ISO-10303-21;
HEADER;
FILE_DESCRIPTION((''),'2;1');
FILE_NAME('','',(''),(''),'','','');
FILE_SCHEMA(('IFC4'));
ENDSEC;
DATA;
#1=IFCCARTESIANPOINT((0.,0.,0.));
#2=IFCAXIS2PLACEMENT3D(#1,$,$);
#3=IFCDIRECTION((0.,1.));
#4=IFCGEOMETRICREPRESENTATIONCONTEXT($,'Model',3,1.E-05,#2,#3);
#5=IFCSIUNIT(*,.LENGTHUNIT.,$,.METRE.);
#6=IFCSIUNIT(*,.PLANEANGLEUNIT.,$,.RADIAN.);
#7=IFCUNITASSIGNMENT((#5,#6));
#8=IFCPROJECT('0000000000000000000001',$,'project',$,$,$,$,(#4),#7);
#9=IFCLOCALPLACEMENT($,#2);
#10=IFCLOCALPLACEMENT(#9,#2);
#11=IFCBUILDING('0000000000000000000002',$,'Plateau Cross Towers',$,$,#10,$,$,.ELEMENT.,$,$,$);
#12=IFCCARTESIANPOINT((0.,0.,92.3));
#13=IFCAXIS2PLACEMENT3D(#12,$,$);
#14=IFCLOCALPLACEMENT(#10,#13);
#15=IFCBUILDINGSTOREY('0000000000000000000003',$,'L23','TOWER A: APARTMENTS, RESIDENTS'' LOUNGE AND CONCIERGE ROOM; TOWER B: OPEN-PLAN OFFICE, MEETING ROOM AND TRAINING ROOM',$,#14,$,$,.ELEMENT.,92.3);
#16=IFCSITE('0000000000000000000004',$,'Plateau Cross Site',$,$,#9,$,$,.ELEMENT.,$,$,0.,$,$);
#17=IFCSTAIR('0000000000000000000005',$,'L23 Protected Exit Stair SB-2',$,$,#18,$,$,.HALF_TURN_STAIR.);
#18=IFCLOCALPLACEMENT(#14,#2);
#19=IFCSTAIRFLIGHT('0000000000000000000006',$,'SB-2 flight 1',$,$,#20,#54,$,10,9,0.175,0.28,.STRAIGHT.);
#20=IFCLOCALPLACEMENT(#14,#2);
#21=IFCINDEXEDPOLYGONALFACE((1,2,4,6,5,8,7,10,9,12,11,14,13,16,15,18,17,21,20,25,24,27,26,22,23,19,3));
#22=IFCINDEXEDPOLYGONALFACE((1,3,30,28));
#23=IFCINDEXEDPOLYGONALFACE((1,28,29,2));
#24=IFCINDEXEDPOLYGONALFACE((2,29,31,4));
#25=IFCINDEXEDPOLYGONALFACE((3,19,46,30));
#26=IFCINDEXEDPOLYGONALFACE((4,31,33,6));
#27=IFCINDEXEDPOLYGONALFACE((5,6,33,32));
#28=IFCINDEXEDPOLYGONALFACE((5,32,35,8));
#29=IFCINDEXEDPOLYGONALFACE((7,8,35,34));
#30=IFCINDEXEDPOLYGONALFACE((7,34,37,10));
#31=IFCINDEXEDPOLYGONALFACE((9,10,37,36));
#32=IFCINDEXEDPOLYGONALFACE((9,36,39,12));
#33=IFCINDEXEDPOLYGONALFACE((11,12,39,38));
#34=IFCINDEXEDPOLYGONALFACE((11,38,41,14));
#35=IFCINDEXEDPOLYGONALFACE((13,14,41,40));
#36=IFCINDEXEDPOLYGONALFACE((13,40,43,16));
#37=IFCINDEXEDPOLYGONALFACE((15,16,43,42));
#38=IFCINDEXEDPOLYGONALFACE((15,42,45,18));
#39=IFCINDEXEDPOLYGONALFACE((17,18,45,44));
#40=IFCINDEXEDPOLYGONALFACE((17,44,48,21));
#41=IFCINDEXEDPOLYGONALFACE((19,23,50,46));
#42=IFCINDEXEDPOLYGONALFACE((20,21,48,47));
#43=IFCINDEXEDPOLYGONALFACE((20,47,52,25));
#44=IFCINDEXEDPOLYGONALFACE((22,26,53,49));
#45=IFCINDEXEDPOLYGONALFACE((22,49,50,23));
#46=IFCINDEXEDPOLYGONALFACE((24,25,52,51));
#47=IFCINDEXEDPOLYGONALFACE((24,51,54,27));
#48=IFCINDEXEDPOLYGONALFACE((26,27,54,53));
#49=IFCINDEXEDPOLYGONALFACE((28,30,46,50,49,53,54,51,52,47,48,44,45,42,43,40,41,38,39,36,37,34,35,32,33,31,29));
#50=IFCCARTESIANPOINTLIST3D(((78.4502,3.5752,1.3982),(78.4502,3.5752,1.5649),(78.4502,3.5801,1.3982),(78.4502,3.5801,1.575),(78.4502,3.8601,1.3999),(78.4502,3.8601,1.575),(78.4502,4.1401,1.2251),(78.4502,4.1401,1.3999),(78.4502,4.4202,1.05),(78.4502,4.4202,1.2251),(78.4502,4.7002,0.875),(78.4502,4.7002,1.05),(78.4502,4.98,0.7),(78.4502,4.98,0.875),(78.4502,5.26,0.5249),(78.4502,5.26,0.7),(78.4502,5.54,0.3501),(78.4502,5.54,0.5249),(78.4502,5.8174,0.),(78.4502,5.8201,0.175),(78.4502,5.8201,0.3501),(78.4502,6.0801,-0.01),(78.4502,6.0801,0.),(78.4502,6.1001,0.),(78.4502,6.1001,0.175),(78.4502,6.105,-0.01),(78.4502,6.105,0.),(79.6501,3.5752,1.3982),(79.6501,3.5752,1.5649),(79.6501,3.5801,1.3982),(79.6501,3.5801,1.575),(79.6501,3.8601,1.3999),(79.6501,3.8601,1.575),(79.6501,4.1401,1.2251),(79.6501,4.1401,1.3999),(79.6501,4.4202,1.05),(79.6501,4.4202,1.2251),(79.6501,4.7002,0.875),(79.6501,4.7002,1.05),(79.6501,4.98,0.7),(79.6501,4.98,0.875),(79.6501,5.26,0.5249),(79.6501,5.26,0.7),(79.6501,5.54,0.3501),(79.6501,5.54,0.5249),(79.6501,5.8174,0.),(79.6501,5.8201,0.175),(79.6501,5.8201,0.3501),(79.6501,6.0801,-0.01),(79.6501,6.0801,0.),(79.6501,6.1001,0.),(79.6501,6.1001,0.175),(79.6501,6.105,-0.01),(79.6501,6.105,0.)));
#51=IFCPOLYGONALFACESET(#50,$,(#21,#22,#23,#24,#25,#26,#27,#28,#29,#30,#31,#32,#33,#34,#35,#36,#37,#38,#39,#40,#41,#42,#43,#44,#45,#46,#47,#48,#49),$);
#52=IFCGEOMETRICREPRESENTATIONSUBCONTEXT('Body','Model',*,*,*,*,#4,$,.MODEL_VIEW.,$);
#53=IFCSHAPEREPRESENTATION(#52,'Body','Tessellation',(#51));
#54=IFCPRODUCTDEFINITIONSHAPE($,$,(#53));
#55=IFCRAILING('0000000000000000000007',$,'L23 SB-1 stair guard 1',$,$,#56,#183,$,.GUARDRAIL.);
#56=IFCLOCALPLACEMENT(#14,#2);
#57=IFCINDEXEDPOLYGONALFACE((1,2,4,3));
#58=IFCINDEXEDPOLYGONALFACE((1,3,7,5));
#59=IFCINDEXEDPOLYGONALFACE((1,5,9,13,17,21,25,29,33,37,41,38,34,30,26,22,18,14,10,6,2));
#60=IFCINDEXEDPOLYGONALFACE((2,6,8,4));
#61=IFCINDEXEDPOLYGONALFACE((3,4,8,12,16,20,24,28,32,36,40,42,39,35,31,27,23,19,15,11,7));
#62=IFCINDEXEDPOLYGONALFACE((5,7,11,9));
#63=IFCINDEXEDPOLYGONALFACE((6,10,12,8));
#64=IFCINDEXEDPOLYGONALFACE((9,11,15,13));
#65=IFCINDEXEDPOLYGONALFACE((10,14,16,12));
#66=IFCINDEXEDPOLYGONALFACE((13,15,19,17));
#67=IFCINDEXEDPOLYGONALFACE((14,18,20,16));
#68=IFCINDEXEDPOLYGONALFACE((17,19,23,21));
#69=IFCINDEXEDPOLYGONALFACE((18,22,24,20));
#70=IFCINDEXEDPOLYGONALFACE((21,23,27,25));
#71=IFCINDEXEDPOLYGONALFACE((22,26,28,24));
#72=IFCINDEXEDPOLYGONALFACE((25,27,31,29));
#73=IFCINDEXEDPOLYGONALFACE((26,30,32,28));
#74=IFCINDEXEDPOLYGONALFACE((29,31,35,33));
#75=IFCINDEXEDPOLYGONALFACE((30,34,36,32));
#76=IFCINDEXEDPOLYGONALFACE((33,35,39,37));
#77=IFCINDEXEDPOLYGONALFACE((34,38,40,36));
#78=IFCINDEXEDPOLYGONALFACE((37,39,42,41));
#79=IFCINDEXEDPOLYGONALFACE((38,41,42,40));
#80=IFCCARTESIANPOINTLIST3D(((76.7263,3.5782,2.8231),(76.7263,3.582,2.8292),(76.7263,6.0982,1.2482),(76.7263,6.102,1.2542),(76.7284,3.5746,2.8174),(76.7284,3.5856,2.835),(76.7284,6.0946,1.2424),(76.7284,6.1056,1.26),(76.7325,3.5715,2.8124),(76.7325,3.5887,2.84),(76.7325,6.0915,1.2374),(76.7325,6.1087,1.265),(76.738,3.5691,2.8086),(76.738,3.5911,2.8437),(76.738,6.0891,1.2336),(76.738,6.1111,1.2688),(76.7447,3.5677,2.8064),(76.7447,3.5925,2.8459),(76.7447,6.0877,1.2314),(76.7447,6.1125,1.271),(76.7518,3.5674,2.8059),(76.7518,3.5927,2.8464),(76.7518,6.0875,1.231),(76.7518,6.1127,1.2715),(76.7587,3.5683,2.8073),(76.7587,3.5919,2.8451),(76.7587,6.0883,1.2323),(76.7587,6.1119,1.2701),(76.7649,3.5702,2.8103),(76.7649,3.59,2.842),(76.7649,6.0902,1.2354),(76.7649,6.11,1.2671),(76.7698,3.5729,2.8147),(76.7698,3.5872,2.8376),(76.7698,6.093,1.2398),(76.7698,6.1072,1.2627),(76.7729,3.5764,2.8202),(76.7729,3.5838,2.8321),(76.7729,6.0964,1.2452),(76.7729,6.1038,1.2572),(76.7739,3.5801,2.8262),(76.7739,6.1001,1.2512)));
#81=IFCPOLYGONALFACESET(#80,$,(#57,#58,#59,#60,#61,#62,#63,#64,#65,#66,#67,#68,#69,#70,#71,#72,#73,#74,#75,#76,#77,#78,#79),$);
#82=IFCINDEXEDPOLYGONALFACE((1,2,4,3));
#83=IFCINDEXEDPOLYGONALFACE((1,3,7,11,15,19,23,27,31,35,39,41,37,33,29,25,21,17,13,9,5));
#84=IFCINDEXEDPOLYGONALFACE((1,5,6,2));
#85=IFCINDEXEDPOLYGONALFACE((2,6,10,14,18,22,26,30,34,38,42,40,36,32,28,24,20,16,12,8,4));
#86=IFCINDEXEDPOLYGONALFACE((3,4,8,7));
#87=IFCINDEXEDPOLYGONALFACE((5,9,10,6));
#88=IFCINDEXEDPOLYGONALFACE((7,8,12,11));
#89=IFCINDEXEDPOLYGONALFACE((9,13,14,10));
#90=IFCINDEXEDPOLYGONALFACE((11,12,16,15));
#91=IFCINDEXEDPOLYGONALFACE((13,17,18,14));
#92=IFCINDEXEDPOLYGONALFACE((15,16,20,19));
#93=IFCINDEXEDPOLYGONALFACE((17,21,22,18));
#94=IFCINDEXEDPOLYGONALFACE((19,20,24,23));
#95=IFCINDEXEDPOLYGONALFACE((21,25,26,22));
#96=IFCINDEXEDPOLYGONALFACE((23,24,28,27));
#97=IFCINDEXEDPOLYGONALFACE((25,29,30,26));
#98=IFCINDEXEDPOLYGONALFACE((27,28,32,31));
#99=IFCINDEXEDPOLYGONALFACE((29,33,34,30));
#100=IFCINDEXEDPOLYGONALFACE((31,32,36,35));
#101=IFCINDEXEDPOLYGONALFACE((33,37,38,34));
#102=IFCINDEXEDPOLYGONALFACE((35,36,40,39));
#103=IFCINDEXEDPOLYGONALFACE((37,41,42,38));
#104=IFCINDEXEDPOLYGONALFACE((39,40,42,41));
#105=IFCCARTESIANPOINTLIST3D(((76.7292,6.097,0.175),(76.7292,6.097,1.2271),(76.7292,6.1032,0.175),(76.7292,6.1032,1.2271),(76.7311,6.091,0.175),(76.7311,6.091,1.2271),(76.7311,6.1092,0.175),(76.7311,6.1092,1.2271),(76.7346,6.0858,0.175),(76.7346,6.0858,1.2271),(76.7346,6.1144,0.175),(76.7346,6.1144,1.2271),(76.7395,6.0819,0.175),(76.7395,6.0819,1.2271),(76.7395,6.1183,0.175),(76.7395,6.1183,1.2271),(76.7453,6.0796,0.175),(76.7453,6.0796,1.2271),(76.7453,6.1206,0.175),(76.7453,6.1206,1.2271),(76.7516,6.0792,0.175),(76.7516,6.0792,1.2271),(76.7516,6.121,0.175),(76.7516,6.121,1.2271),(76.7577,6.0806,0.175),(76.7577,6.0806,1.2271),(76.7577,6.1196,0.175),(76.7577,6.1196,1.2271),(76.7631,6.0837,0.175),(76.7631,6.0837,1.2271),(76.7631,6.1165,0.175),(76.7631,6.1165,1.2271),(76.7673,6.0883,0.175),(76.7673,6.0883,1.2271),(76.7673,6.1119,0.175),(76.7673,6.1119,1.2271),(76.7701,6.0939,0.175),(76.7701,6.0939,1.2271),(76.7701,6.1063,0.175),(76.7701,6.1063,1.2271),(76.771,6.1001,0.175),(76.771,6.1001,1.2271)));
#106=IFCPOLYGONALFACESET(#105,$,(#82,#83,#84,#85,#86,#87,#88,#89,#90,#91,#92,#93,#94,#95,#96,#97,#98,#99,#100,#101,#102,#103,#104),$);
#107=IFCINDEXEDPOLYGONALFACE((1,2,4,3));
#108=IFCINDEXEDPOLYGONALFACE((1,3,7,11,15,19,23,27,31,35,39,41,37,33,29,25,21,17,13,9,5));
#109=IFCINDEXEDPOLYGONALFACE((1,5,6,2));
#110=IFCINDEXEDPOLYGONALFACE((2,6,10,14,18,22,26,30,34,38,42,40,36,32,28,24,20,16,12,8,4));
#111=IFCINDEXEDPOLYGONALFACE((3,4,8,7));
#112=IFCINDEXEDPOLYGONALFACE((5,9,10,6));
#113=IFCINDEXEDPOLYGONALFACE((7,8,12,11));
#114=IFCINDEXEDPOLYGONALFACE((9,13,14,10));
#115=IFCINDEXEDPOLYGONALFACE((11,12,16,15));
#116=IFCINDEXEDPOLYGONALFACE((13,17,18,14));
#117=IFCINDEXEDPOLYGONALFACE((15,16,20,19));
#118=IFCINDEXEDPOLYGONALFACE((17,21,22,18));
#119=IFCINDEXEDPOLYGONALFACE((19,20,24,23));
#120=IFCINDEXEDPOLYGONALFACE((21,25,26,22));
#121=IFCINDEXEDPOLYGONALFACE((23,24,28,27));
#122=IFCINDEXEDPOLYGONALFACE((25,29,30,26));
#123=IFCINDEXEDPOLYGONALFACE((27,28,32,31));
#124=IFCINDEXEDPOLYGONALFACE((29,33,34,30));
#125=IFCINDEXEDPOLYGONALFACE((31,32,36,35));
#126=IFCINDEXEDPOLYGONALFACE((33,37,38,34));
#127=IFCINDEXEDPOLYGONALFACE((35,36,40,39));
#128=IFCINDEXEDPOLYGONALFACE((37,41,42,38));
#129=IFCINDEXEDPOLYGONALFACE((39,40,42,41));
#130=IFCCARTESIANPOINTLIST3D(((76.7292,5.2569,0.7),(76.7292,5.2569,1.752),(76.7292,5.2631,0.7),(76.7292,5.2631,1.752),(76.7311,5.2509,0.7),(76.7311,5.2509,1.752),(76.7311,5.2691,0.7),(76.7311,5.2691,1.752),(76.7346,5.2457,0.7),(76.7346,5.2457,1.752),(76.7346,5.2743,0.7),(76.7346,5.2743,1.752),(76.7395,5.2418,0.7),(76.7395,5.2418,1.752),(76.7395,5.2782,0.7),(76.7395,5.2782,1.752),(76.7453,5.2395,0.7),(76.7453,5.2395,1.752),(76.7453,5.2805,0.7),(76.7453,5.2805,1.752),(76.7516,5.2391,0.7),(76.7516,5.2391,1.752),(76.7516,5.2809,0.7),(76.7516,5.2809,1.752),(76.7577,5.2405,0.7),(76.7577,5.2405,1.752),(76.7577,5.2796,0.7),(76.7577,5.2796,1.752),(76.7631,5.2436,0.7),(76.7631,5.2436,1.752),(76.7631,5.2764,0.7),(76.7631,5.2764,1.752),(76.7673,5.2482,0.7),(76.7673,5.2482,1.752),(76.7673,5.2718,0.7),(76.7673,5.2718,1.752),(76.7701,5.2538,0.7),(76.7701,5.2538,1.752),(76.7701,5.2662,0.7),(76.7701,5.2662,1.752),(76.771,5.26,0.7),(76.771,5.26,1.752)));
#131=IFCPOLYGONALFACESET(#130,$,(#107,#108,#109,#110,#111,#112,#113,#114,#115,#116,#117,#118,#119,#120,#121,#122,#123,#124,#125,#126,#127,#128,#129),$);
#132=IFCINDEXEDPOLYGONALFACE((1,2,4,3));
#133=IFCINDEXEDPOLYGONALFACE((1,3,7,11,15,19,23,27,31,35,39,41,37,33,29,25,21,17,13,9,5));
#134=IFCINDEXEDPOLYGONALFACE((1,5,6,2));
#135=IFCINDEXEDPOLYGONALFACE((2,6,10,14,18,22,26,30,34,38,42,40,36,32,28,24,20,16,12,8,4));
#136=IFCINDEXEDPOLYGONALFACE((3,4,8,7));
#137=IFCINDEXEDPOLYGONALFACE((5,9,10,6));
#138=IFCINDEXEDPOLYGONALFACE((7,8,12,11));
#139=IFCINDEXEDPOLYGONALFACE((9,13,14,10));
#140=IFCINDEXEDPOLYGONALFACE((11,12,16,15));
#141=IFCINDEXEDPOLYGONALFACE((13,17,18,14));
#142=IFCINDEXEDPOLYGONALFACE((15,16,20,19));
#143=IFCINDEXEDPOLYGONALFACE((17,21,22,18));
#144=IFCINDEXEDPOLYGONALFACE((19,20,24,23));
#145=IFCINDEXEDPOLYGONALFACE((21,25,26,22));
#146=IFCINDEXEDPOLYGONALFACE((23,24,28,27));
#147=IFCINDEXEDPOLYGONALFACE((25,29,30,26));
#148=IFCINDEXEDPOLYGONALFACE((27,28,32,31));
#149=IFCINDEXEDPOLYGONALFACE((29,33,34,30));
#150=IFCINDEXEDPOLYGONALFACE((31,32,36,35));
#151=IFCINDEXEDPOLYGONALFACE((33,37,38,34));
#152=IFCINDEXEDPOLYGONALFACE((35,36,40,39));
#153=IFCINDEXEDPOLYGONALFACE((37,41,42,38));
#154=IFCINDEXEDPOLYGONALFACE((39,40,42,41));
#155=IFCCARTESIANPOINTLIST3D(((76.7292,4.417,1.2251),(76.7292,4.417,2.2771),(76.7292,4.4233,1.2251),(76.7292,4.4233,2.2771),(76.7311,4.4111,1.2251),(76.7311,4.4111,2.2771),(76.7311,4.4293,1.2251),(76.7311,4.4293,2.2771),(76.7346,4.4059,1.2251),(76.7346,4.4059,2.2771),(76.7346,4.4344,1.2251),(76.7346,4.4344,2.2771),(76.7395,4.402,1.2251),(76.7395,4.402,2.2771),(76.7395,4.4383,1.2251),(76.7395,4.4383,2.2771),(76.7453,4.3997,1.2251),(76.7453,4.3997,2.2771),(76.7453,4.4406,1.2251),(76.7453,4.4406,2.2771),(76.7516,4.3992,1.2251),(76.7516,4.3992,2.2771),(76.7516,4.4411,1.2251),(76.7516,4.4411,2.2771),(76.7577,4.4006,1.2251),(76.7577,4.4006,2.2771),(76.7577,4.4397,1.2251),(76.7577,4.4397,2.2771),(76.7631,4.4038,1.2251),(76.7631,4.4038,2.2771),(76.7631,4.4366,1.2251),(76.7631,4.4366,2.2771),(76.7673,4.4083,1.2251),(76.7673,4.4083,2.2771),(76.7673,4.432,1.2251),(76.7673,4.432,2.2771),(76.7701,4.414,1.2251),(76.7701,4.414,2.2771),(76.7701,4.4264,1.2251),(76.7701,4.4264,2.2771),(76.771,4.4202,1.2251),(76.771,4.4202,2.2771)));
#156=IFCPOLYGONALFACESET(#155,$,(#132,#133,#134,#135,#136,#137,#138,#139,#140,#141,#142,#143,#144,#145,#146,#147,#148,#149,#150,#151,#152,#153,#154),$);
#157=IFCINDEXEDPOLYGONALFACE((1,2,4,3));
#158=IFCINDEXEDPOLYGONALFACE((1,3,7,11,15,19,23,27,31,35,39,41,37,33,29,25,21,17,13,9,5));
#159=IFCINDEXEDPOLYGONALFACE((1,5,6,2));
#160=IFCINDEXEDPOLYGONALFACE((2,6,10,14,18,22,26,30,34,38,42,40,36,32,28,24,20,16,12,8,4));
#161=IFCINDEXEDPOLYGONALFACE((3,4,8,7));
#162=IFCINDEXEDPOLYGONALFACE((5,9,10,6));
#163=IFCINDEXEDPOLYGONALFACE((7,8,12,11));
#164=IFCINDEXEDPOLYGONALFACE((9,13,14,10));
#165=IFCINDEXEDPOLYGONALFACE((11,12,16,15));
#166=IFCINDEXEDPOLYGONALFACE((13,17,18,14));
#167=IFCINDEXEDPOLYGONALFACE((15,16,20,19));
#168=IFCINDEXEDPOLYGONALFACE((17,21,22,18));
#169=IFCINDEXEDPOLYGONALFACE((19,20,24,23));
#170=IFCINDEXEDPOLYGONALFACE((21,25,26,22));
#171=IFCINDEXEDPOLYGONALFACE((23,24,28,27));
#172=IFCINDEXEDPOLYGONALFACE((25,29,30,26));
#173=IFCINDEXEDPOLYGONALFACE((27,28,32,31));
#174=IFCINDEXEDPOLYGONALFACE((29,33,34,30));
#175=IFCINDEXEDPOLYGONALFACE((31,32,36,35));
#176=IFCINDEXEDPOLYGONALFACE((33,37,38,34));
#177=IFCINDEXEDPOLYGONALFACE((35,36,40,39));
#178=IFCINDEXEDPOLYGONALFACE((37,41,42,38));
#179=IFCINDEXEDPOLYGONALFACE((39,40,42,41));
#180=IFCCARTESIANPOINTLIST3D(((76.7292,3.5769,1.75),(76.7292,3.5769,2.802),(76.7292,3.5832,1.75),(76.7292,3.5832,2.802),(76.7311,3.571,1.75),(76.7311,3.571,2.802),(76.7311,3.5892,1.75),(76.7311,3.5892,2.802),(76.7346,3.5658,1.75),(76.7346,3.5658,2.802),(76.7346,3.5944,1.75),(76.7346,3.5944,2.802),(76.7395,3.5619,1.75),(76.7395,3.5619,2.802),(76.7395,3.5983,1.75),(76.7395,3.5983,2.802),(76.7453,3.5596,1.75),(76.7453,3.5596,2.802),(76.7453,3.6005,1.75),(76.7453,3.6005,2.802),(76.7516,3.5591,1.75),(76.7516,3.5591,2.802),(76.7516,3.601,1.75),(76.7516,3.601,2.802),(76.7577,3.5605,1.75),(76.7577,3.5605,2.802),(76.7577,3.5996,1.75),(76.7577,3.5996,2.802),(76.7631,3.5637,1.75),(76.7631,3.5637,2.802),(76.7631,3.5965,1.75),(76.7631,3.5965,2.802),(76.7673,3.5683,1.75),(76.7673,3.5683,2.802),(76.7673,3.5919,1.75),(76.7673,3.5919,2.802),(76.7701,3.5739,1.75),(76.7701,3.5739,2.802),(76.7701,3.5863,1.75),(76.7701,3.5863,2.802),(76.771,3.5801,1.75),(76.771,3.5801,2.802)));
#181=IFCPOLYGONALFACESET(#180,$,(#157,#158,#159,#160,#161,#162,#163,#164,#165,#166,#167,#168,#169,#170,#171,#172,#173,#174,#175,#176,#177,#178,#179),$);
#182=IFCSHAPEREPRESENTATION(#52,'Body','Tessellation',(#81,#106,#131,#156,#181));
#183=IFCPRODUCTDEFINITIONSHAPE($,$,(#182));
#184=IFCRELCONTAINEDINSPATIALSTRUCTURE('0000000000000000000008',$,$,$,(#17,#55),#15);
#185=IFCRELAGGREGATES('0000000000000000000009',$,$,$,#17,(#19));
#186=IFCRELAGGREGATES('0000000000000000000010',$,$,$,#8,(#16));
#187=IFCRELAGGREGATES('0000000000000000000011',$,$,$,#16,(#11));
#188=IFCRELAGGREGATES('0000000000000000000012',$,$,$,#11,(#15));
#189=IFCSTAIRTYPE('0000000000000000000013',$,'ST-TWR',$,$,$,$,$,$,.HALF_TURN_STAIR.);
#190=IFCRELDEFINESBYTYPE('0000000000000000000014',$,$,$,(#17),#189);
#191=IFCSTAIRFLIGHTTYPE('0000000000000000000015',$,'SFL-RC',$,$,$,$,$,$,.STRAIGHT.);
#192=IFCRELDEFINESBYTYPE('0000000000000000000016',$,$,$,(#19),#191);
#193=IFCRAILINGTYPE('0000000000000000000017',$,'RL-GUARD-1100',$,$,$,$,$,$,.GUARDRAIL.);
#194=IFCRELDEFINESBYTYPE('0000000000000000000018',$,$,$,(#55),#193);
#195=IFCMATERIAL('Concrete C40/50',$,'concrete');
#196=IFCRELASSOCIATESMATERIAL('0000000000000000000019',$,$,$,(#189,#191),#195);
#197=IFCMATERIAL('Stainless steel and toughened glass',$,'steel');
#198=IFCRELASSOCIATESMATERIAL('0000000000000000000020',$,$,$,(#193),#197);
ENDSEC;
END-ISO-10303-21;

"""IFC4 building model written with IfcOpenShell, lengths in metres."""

from ifc_helpers import new_model, si_unit, direction, frame, origin, origin_2d, place, context, subcontext, project, spatial, polyline, circle, outline, extrude, material, type_object, element, aggregate, save


model = new_model("IFC4")

# Units and contexts
model_context = context("Model", 3, precision=1e-05, world=origin(), true_north=direction((0.0, 1.0)))
body_context = subcontext(model_context, "Body", "Model", "MODEL_VIEW")
ifc_project = project(units=[si_unit("LENGTHUNIT", "METRE"), si_unit("PLANEANGLEUNIT", "RADIAN")], contexts=[model_context])

# Site, building, storey
site_placement = place(None, origin())
site = spatial("IfcSite", under=ifc_project, at=site_placement, Name="Plateau Cross Site", CompositionType="ELEMENT", RefElevation=0.0)
building_placement = place(site_placement, origin())
building = spatial("IfcBuilding", under=site, at=building_placement, Name="Plateau Cross Towers", CompositionType="ELEMENT")
storey_placement = place(building_placement, frame((0.0, 0.0, 92.3)))
storey = spatial("IfcBuildingStorey", under=building, at=storey_placement, Name="L23", Description="TOWER A: APARTMENTS, RESIDENTS' LOUNGE AND CONCIERGE ROOM; TOWER B: OPEN-PLAN OFFICE, MEETING ROOM AND TRAINING ROOM", CompositionType="ELEMENT", Elevation=92.3)

# Shared definitions
ifc_material_1 = material(Name="Concrete C40/50", Category="concrete")
stair_type = type_object("IfcStairType", Name="ST-TWR", PredefinedType="HALF_TURN_STAIR", material=ifc_material_1)
stair_flight_type = type_object("IfcStairFlightType", Name="SFL-RC", PredefinedType="STRAIGHT", material=ifc_material_1)

# Stair, stair flight
stair_1_placement = place(storey_placement, origin())
stair_1 = element("IfcStair", 1, at=stair_1_placement, inside=storey, type_object=stair_type, Name="L23 Protected Exit Stair SB-2", PredefinedType="HALF_TURN_STAIR")
stair_flight_1_placement = place(storey_placement, frame((79.05, 6.1001, 0.0), z_axis=(0.0, 0.0, 1.0), x_axis=(0.0, -1.0, 0.0)))
stair_flight_1 = element("IfcStairFlight", 2, at=stair_flight_1_placement, type_object=stair_flight_type, Name="SB-2 flight 1", NumberOfRisers=10, NumberOfTreads=9, PredefinedType="STRAIGHT", RiserHeight=0.175, TreadLength=0.28, context=body_context, shape_type="SweptSolid", body=[
    extrude(outline(polyline([(-0.0049, -0.01), (-0.0049, 0.0), (0.0, 0.0), (0.0, 0.175), (0.28, 0.175), (0.28, 0.3501), (0.5601, 0.3501), (0.5601, 0.5249), (0.8401, 0.5249), (0.8401, 0.7), (1.1201, 0.7), (1.1201, 0.875), (1.3999, 0.875), (1.3999, 1.05), (1.6799, 1.05), (1.6799, 1.2251), (1.96, 1.2251), (1.96, 1.3999), (2.24, 1.3999), (2.24, 1.575), (2.52, 1.575), (2.5249, 1.5649), (2.5249, 1.3982), (2.52, 1.3982), (0.2827, 0.0), (0.02, 0.0), (0.02, -0.01), (-0.0049, -0.01)])), frame((0.0, 0.6001, 0.0), z_axis=(0.0, -1.0, 0.0), x_axis=(1.0, 0.0, 0.0)), (0.0, 0.0, 1.0), 1.2),
])
aggregate(stair_1, [stair_flight_1])

# Railing
ifc_material_2 = material(Name="Stainless steel and toughened glass", Category="steel")
railing_type_1 = type_object("IfcRailingType", Name="RL-GUARD-1100", PredefinedType="GUARDRAIL", material=ifc_material_2)
railing_1_placement = place(storey_placement, frame((76.75, 6.1001, 0.175)))
element("IfcRailing", 3, at=railing_1_placement, inside=storey, type_object=railing_type_1, Name="L23 SB-1 stair guard 1", PredefinedType="GUARDRAIL", context=body_context, shape_type="SweptSolid", body=[
    extrude(circle(Radius=0.0239, at=origin_2d()), frame((0.0, 0.0, 1.0762), z_axis=(0.0, -0.848008, 0.529984), x_axis=(1.0, 0.0, 0.0)), (0.0, 0.0, 1.0), 2.9717),
    extrude(circle(Radius=0.021, at=origin_2d()), origin(), (0.0, 0.0, 1.0), 1.052),
    extrude(circle(Radius=0.021, at=origin_2d()), frame((0.0, -0.8401, 0.5249)), (0.0, 0.0, 1.0), 1.052),
    extrude(circle(Radius=0.021, at=origin_2d()), frame((0.0, -1.6799, 1.05)), (0.0, 0.0, 1.0), 1.052),
    extrude(circle(Radius=0.021, at=origin_2d()), frame((0.0, -2.52, 1.575)), (0.0, 0.0, 1.0), 1.052),
])

save(model, "model.ifc")
